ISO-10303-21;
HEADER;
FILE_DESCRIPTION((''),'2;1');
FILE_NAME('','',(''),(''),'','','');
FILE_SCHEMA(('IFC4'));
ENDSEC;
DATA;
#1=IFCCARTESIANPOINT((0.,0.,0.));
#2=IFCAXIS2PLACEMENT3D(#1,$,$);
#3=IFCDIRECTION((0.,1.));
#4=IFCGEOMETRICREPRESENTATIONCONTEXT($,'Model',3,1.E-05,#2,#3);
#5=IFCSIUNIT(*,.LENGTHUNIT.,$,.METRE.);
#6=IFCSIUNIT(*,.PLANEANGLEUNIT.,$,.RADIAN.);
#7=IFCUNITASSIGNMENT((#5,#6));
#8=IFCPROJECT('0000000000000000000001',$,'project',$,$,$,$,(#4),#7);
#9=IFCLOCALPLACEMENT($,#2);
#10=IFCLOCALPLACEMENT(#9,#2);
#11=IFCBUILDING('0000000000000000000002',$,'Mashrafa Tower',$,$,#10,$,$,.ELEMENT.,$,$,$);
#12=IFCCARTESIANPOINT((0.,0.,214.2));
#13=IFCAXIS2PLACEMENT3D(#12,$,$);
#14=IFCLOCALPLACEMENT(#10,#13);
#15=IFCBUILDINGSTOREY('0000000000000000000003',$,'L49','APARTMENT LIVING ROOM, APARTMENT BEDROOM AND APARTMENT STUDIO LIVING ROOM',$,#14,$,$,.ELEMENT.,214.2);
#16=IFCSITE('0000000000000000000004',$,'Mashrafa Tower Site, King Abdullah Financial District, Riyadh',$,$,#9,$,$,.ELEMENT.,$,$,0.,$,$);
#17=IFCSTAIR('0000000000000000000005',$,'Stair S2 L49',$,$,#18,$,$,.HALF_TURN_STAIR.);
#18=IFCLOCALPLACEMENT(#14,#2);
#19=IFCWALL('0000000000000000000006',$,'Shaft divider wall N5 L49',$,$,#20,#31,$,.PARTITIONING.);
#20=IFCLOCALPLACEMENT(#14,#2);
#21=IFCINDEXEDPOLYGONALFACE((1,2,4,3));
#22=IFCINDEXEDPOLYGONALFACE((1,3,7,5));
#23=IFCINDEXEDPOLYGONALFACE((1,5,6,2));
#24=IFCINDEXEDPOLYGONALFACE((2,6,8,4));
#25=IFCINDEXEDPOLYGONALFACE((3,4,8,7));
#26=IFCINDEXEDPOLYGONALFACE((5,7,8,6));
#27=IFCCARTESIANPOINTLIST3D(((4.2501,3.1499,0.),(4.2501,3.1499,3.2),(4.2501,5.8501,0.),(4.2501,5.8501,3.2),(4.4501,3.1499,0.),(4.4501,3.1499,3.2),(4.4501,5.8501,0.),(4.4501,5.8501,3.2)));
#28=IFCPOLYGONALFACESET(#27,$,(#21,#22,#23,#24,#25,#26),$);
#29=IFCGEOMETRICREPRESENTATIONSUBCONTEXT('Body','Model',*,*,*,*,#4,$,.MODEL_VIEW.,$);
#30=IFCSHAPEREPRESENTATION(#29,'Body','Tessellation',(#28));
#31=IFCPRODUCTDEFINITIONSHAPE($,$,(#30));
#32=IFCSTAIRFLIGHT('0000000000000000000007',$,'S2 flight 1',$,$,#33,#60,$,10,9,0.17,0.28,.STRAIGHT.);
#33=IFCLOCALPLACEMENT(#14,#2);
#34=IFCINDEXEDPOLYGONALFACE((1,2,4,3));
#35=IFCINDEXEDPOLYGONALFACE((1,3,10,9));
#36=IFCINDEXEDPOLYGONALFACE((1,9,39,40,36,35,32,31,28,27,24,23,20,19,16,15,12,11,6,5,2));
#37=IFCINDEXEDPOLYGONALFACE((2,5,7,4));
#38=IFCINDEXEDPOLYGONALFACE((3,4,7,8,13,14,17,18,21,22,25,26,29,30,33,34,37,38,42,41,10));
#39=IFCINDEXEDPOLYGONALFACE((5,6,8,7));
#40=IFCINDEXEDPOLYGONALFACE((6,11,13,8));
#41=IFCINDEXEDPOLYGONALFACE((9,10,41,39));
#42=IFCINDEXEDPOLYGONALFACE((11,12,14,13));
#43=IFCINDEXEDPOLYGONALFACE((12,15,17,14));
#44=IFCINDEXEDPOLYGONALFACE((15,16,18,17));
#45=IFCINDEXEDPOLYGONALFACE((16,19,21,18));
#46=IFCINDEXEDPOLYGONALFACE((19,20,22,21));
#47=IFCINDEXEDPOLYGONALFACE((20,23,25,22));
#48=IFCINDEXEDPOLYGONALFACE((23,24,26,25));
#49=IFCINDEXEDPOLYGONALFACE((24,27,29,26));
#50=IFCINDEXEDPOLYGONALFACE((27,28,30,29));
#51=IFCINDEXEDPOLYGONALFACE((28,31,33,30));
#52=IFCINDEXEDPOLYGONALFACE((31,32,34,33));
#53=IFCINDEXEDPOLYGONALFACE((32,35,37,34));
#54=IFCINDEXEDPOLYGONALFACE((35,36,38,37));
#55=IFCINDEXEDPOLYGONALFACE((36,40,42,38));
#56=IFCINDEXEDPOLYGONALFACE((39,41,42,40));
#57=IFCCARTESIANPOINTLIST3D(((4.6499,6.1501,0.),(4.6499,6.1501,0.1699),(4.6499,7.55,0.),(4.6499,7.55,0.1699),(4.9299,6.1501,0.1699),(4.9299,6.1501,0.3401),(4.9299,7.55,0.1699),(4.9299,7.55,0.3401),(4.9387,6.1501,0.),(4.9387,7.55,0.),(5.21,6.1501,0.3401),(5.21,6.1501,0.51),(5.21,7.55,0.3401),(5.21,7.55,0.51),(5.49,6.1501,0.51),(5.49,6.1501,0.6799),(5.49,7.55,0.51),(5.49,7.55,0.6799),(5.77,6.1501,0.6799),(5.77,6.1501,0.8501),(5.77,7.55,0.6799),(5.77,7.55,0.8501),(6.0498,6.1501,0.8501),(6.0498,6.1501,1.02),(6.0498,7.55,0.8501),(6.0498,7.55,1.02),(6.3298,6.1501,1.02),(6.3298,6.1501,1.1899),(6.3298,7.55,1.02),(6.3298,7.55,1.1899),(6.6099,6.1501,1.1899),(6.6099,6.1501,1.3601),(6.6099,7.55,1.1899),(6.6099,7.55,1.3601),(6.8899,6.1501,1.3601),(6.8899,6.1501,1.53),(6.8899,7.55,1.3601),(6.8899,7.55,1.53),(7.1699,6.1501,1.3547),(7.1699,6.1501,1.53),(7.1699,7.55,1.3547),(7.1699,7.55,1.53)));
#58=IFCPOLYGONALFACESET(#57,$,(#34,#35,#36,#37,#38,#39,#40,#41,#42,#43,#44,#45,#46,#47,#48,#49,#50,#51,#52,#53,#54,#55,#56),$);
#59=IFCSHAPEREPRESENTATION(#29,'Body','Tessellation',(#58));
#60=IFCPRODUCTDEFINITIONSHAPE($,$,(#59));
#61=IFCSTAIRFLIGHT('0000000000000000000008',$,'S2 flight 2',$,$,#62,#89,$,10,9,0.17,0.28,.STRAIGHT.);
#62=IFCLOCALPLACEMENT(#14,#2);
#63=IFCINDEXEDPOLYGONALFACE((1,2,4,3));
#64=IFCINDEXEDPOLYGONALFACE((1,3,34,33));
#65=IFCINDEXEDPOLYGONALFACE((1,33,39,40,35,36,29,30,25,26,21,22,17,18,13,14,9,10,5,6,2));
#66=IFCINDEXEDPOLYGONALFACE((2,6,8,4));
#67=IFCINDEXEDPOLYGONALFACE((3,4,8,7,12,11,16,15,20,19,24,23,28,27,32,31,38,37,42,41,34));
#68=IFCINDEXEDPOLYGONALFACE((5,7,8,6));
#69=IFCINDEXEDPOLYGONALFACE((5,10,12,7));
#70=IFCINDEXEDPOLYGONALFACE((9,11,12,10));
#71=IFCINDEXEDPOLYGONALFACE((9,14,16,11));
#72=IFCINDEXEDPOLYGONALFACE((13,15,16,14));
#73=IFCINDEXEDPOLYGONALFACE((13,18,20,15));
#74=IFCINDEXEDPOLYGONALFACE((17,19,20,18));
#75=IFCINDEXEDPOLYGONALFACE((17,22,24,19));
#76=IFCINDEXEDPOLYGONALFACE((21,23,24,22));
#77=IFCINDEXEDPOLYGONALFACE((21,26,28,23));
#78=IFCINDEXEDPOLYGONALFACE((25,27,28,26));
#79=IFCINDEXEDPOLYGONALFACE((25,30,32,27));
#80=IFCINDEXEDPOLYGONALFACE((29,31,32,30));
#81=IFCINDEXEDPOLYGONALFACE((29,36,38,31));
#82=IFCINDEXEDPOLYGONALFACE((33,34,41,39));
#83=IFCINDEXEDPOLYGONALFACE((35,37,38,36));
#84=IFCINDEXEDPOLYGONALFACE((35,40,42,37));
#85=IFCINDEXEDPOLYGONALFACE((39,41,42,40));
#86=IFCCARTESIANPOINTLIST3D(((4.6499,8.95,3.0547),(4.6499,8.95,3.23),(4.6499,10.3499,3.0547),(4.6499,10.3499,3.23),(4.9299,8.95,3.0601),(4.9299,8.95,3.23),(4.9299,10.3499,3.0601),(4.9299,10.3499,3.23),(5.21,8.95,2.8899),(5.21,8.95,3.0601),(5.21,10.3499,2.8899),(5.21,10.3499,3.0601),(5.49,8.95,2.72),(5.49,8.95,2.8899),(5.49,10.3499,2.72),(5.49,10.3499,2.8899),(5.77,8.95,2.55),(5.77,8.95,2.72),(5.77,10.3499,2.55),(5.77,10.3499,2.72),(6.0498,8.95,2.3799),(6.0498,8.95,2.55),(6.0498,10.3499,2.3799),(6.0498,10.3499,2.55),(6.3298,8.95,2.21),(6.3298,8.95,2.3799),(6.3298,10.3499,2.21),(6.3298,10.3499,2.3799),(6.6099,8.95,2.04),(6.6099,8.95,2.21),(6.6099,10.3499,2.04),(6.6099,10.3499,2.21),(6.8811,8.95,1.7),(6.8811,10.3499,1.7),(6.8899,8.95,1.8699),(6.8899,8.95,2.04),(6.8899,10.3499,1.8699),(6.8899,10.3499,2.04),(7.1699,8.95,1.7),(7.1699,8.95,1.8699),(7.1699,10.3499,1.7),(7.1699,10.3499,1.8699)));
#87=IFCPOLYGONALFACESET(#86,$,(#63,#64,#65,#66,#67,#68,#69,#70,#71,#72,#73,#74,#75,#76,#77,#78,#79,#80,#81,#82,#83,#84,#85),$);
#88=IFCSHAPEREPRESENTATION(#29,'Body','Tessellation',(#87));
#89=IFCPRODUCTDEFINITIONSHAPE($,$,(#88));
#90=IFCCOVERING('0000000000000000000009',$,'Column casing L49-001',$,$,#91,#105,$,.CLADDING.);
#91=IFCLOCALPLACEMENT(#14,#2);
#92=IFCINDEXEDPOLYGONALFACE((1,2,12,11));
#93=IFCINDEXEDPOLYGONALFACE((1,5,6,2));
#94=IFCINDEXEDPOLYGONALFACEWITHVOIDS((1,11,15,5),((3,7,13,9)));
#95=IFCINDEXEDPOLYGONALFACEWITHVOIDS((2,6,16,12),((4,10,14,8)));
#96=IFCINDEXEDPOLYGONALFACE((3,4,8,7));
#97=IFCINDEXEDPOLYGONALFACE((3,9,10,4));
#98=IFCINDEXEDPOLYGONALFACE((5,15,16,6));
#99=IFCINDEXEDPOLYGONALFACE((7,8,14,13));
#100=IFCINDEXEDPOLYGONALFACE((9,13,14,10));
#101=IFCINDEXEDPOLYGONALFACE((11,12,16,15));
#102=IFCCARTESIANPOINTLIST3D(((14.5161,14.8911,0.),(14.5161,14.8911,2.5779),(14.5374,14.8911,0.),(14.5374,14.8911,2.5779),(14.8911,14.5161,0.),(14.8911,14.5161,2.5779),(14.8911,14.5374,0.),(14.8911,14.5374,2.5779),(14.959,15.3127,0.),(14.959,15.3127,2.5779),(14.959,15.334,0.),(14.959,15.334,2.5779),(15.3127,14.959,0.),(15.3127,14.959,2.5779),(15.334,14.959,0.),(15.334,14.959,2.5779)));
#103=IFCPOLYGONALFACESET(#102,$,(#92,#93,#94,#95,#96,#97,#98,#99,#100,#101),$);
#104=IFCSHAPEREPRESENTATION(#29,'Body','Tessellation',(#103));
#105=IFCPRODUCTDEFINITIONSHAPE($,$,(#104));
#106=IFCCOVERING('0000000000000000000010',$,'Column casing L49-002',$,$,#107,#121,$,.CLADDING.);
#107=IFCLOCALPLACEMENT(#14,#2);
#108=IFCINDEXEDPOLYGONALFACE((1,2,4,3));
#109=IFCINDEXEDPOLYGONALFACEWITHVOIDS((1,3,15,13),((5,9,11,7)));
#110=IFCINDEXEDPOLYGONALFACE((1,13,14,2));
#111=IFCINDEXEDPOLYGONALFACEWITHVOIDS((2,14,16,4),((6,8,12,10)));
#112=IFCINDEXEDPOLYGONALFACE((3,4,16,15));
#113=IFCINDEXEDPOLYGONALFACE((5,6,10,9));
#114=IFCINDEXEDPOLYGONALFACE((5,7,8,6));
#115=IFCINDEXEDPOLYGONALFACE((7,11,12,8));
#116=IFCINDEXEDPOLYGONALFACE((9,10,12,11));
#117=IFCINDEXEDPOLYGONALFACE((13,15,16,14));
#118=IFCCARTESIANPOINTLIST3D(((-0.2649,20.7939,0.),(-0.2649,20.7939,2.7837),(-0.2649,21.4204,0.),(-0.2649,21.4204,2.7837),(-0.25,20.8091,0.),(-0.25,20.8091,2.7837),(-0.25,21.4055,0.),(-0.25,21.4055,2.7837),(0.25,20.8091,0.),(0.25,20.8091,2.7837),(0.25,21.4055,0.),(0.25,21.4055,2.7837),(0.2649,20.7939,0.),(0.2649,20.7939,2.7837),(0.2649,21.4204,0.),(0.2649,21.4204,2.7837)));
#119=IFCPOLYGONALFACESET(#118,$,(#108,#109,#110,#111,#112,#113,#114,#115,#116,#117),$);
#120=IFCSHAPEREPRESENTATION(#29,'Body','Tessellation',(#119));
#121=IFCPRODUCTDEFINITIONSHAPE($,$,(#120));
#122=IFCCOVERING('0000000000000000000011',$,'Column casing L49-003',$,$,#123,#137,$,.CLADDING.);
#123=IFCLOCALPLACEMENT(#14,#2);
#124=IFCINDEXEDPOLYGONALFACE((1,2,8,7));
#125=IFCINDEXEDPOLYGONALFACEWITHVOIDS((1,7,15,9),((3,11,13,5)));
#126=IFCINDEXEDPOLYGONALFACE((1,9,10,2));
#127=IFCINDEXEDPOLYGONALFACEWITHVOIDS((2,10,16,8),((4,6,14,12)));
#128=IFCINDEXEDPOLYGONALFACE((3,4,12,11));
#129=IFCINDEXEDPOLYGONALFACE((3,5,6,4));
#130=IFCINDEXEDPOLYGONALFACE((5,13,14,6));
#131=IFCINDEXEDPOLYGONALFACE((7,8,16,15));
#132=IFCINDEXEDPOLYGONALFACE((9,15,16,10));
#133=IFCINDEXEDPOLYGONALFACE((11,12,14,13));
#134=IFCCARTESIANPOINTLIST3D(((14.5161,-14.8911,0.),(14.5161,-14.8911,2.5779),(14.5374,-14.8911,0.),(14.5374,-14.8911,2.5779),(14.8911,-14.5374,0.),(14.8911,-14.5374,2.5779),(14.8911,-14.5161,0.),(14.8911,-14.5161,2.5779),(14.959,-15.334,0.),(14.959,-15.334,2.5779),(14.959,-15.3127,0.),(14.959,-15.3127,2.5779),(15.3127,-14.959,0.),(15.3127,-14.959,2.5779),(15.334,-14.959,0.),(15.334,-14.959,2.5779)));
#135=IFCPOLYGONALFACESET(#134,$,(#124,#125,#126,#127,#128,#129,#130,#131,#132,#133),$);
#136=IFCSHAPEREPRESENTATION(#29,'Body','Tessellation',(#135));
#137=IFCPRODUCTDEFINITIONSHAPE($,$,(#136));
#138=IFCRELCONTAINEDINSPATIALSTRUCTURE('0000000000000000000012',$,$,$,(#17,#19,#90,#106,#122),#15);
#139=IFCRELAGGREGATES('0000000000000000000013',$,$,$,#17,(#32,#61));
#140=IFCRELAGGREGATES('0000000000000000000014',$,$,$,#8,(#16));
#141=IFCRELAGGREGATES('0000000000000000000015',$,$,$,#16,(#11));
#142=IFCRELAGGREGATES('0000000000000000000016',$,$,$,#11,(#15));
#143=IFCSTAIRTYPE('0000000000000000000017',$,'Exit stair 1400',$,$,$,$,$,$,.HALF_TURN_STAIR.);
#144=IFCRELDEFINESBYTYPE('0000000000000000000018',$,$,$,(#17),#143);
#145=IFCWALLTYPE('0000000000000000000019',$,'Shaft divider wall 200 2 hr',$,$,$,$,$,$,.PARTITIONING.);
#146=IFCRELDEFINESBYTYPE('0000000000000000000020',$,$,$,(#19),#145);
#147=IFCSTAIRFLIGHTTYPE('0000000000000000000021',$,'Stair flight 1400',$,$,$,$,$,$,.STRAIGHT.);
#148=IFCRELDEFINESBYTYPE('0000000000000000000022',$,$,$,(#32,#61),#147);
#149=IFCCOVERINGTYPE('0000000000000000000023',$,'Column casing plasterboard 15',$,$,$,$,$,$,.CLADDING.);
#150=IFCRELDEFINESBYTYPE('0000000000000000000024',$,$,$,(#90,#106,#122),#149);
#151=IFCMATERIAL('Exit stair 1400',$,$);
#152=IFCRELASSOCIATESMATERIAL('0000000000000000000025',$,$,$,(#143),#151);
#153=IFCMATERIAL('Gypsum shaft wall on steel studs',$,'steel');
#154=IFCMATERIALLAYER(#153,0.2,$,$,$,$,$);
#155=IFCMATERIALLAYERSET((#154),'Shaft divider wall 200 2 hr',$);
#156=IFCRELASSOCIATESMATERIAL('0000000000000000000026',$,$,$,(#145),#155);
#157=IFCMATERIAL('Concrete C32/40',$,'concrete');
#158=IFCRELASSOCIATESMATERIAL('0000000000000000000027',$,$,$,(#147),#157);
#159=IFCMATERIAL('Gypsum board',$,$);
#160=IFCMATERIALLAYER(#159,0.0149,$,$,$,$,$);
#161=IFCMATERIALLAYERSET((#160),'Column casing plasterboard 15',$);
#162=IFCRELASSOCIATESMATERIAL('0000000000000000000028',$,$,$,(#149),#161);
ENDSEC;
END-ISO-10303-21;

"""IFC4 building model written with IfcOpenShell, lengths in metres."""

from ifc_helpers import new_model, si_unit, direction, frame, frame_2d, origin, place, context, subcontext, project, spatial, polyline, rectangle, outline, extrude, material, layer, layer_set, type_object, element, aggregate, save


model = new_model("IFC4")

# Units and contexts
model_context = context("Model", 3, precision=1e-05, world=origin(), true_north=direction((0.0, 1.0)))
body_context = subcontext(model_context, "Body", "Model", "MODEL_VIEW")
ifc_project = project(units=[si_unit("LENGTHUNIT", "METRE"), si_unit("PLANEANGLEUNIT", "RADIAN")], contexts=[model_context])

# Site, building, storey
site_placement = place(None, origin())
site = spatial("IfcSite", under=ifc_project, at=site_placement, Name="Mashrafa Tower Site, King Abdullah Financial District, Riyadh", CompositionType="ELEMENT", RefElevation=0.0)
building_placement = place(site_placement, origin())
building = spatial("IfcBuilding", under=site, at=building_placement, Name="Mashrafa Tower", CompositionType="ELEMENT")
storey_placement = place(building_placement, frame((0.0, 0.0, 214.2)))
storey = spatial("IfcBuildingStorey", under=building, at=storey_placement, Name="L49", Description="APARTMENT LIVING ROOM, APARTMENT BEDROOM AND APARTMENT STUDIO LIVING ROOM", CompositionType="ELEMENT", Elevation=214.2)

# Stair
ifc_material_1 = material(Name="Exit stair 1400")
stair_type = type_object("IfcStairType", Name="Exit stair 1400", PredefinedType="HALF_TURN_STAIR", material=ifc_material_1)
stair_1_placement = place(storey_placement, origin())
stair_1 = element("IfcStair", 1, at=stair_1_placement, inside=storey, type_object=stair_type, Name="Stair S2 L49", PredefinedType="HALF_TURN_STAIR")

# Wall
ifc_material_2 = material(Name="Gypsum shaft wall on steel studs", Category="steel")
ifc_layer_1 = layer(ifc_material_2, 0.2)
ifc_layer_set_1 = layer_set([ifc_layer_1], Name="Shaft divider wall 200 2 hr")
wall_type_1 = type_object("IfcWallType", Name="Shaft divider wall 200 2 hr", PredefinedType="PARTITIONING", material=ifc_layer_set_1)
for number, where, z_axis, x_axis, name in (
    (2, (4.3501, 3.1499, 0.0), (0.0, 0.0, 1.0), (0.0, 1.0, 0.0), "Shaft divider wall N5 L49"),
):
    element("IfcWall", number, at=place(storey_placement, frame(where, z_axis=z_axis, x_axis=x_axis)), inside=storey, type_object=wall_type_1, Name=name, PredefinedType="PARTITIONING", context=body_context, shape_type="SweptSolid", body=[
        extrude(rectangle(XDim=2.7002, YDim=0.2, at=frame_2d((1.3501, 0.0))), origin(), (0.0, 0.0, 1.0), 3.2),
    ])

# Stair flights
ifc_material_3 = material(Name="Concrete C32/40", Category="concrete")
stair_flight_type = type_object("IfcStairFlightType", Name="Stair flight 1400", PredefinedType="STRAIGHT", material=ifc_material_3)
stair_flight_1_placement = place(storey_placement, frame((4.6499, 6.8501, 0.0), z_axis=(0.0, 0.0, 1.0), x_axis=(1.0, 0.0, 0.0)))
stair_flight_1 = element("IfcStairFlight", 3, at=stair_flight_1_placement, type_object=stair_flight_type, Name="S2 flight 1", NumberOfRisers=10, NumberOfTreads=9, PredefinedType="STRAIGHT", RiserHeight=0.17, TreadLength=0.28, context=body_context, shape_type="SweptSolid", body=[
    extrude(outline(polyline([(0.0, 0.0), (0.0, 0.1699), (0.28, 0.1699), (0.28, 0.3401), (0.5601, 0.3401), (0.5601, 0.51), (0.8401, 0.51), (0.8401, 0.6799), (1.1201, 0.6799), (1.1201, 0.8501), (1.3999, 0.8501), (1.3999, 1.02), (1.6799, 1.02), (1.6799, 1.1899), (1.96, 1.1899), (1.96, 1.3601), (2.24, 1.3601), (2.24, 1.53), (2.52, 1.53), (2.52, 1.7), (2.52, 1.3547), (0.2888, 0.0), (0.0, 0.0)])), frame((0.0, 0.7, 0.0), z_axis=(0.0, -1.0, 0.0), x_axis=(1.0, 0.0, 0.0)), (0.0, 0.0, 1.0), 1.3999),
])
stair_flight_2_placement = place(storey_placement, frame((7.1699, 9.6499, 1.7), z_axis=(0.0, 0.0, 1.0), x_axis=(-1.0, 0.0, 0.0)))
stair_flight_2 = element("IfcStairFlight", 4, at=stair_flight_2_placement, type_object=stair_flight_type, Name="S2 flight 2", NumberOfRisers=10, NumberOfTreads=9, PredefinedType="STRAIGHT", RiserHeight=0.17, TreadLength=0.28, context=body_context, shape_type="SweptSolid", body=[
    extrude(outline(polyline([(0.0, 0.0), (0.0, 0.1699), (0.28, 0.1699), (0.28, 0.3401), (0.5601, 0.3401), (0.5601, 0.51), (0.8401, 0.51), (0.8401, 0.6799), (1.1201, 0.6799), (1.1201, 0.8501), (1.3999, 0.8501), (1.3999, 1.02), (1.6799, 1.02), (1.6799, 1.1899), (1.96, 1.1899), (1.96, 1.3601), (2.24, 1.3601), (2.24, 1.53), (2.52, 1.53), (2.52, 1.7), (2.52, 1.3547), (0.2888, 0.0), (0.0, 0.0)])), frame((0.0, 0.7, 0.0), z_axis=(0.0, -1.0, 0.0), x_axis=(1.0, 0.0, 0.0)), (0.0, 0.0, 1.0), 1.3999),
])
aggregate(stair_1, [stair_flight_1, stair_flight_2])

# Coverings
ifc_material_4 = material(Name="Gypsum board")
ifc_layer_2 = layer(ifc_material_4, 0.0149)
ifc_layer_set_2 = layer_set([ifc_layer_2], Name="Column casing plasterboard 15")
covering_type = type_object("IfcCoveringType", Name="Column casing plasterboard 15", PredefinedType="CLADDING", material=ifc_layer_set_2)
covering_1_placement = place(storey_placement, origin())
element("IfcCovering", 5, at=covering_1_placement, inside=storey, type_object=covering_type, Name="Column casing L49-001", PredefinedType="CLADDING", context=body_context, shape_type="SweptSolid", body=[
    extrude(outline(polyline([(14.5161, 14.8911), (14.959, 15.334), (15.334, 14.959), (14.8911, 14.5161), (14.5161, 14.8911)]), holes=[polyline([(15.3127, 14.959), (14.959, 15.3127), (14.5374, 14.8911), (14.8911, 14.5374), (15.3127, 14.959)])]), origin(), (0.0, 0.0, 1.0), 2.5779),
])
covering_2_placement = place(storey_placement, origin())
element("IfcCovering", 6, at=covering_2_placement, inside=storey, type_object=covering_type, Name="Column casing L49-002", PredefinedType="CLADDING", context=body_context, shape_type="SweptSolid", body=[
    extrude(outline(polyline([(-0.2649, 21.4204), (0.2649, 21.4204), (0.2649, 20.7939), (-0.2649, 20.7939), (-0.2649, 21.4204)]), holes=[polyline([(0.25, 20.8091), (0.25, 21.4055), (-0.25, 21.4055), (-0.25, 20.8091), (0.25, 20.8091)])]), origin(), (0.0, 0.0, 1.0), 2.7837),
])
covering_3_placement = place(storey_placement, origin())
element("IfcCovering", 7, at=covering_3_placement, inside=storey, type_object=covering_type, Name="Column casing L49-003", PredefinedType="CLADDING", context=body_context, shape_type="SweptSolid", body=[
    extrude(outline(polyline([(14.5161, -14.8911), (14.8911, -14.5161), (15.334, -14.959), (14.959, -15.334), (14.5161, -14.8911)]), holes=[polyline([(15.3127, -14.959), (14.8911, -14.5374), (14.5374, -14.8911), (14.959, -15.3127), (15.3127, -14.959)])]), origin(), (0.0, 0.0, 1.0), 2.5779),
])

save(model, "model.ifc")
